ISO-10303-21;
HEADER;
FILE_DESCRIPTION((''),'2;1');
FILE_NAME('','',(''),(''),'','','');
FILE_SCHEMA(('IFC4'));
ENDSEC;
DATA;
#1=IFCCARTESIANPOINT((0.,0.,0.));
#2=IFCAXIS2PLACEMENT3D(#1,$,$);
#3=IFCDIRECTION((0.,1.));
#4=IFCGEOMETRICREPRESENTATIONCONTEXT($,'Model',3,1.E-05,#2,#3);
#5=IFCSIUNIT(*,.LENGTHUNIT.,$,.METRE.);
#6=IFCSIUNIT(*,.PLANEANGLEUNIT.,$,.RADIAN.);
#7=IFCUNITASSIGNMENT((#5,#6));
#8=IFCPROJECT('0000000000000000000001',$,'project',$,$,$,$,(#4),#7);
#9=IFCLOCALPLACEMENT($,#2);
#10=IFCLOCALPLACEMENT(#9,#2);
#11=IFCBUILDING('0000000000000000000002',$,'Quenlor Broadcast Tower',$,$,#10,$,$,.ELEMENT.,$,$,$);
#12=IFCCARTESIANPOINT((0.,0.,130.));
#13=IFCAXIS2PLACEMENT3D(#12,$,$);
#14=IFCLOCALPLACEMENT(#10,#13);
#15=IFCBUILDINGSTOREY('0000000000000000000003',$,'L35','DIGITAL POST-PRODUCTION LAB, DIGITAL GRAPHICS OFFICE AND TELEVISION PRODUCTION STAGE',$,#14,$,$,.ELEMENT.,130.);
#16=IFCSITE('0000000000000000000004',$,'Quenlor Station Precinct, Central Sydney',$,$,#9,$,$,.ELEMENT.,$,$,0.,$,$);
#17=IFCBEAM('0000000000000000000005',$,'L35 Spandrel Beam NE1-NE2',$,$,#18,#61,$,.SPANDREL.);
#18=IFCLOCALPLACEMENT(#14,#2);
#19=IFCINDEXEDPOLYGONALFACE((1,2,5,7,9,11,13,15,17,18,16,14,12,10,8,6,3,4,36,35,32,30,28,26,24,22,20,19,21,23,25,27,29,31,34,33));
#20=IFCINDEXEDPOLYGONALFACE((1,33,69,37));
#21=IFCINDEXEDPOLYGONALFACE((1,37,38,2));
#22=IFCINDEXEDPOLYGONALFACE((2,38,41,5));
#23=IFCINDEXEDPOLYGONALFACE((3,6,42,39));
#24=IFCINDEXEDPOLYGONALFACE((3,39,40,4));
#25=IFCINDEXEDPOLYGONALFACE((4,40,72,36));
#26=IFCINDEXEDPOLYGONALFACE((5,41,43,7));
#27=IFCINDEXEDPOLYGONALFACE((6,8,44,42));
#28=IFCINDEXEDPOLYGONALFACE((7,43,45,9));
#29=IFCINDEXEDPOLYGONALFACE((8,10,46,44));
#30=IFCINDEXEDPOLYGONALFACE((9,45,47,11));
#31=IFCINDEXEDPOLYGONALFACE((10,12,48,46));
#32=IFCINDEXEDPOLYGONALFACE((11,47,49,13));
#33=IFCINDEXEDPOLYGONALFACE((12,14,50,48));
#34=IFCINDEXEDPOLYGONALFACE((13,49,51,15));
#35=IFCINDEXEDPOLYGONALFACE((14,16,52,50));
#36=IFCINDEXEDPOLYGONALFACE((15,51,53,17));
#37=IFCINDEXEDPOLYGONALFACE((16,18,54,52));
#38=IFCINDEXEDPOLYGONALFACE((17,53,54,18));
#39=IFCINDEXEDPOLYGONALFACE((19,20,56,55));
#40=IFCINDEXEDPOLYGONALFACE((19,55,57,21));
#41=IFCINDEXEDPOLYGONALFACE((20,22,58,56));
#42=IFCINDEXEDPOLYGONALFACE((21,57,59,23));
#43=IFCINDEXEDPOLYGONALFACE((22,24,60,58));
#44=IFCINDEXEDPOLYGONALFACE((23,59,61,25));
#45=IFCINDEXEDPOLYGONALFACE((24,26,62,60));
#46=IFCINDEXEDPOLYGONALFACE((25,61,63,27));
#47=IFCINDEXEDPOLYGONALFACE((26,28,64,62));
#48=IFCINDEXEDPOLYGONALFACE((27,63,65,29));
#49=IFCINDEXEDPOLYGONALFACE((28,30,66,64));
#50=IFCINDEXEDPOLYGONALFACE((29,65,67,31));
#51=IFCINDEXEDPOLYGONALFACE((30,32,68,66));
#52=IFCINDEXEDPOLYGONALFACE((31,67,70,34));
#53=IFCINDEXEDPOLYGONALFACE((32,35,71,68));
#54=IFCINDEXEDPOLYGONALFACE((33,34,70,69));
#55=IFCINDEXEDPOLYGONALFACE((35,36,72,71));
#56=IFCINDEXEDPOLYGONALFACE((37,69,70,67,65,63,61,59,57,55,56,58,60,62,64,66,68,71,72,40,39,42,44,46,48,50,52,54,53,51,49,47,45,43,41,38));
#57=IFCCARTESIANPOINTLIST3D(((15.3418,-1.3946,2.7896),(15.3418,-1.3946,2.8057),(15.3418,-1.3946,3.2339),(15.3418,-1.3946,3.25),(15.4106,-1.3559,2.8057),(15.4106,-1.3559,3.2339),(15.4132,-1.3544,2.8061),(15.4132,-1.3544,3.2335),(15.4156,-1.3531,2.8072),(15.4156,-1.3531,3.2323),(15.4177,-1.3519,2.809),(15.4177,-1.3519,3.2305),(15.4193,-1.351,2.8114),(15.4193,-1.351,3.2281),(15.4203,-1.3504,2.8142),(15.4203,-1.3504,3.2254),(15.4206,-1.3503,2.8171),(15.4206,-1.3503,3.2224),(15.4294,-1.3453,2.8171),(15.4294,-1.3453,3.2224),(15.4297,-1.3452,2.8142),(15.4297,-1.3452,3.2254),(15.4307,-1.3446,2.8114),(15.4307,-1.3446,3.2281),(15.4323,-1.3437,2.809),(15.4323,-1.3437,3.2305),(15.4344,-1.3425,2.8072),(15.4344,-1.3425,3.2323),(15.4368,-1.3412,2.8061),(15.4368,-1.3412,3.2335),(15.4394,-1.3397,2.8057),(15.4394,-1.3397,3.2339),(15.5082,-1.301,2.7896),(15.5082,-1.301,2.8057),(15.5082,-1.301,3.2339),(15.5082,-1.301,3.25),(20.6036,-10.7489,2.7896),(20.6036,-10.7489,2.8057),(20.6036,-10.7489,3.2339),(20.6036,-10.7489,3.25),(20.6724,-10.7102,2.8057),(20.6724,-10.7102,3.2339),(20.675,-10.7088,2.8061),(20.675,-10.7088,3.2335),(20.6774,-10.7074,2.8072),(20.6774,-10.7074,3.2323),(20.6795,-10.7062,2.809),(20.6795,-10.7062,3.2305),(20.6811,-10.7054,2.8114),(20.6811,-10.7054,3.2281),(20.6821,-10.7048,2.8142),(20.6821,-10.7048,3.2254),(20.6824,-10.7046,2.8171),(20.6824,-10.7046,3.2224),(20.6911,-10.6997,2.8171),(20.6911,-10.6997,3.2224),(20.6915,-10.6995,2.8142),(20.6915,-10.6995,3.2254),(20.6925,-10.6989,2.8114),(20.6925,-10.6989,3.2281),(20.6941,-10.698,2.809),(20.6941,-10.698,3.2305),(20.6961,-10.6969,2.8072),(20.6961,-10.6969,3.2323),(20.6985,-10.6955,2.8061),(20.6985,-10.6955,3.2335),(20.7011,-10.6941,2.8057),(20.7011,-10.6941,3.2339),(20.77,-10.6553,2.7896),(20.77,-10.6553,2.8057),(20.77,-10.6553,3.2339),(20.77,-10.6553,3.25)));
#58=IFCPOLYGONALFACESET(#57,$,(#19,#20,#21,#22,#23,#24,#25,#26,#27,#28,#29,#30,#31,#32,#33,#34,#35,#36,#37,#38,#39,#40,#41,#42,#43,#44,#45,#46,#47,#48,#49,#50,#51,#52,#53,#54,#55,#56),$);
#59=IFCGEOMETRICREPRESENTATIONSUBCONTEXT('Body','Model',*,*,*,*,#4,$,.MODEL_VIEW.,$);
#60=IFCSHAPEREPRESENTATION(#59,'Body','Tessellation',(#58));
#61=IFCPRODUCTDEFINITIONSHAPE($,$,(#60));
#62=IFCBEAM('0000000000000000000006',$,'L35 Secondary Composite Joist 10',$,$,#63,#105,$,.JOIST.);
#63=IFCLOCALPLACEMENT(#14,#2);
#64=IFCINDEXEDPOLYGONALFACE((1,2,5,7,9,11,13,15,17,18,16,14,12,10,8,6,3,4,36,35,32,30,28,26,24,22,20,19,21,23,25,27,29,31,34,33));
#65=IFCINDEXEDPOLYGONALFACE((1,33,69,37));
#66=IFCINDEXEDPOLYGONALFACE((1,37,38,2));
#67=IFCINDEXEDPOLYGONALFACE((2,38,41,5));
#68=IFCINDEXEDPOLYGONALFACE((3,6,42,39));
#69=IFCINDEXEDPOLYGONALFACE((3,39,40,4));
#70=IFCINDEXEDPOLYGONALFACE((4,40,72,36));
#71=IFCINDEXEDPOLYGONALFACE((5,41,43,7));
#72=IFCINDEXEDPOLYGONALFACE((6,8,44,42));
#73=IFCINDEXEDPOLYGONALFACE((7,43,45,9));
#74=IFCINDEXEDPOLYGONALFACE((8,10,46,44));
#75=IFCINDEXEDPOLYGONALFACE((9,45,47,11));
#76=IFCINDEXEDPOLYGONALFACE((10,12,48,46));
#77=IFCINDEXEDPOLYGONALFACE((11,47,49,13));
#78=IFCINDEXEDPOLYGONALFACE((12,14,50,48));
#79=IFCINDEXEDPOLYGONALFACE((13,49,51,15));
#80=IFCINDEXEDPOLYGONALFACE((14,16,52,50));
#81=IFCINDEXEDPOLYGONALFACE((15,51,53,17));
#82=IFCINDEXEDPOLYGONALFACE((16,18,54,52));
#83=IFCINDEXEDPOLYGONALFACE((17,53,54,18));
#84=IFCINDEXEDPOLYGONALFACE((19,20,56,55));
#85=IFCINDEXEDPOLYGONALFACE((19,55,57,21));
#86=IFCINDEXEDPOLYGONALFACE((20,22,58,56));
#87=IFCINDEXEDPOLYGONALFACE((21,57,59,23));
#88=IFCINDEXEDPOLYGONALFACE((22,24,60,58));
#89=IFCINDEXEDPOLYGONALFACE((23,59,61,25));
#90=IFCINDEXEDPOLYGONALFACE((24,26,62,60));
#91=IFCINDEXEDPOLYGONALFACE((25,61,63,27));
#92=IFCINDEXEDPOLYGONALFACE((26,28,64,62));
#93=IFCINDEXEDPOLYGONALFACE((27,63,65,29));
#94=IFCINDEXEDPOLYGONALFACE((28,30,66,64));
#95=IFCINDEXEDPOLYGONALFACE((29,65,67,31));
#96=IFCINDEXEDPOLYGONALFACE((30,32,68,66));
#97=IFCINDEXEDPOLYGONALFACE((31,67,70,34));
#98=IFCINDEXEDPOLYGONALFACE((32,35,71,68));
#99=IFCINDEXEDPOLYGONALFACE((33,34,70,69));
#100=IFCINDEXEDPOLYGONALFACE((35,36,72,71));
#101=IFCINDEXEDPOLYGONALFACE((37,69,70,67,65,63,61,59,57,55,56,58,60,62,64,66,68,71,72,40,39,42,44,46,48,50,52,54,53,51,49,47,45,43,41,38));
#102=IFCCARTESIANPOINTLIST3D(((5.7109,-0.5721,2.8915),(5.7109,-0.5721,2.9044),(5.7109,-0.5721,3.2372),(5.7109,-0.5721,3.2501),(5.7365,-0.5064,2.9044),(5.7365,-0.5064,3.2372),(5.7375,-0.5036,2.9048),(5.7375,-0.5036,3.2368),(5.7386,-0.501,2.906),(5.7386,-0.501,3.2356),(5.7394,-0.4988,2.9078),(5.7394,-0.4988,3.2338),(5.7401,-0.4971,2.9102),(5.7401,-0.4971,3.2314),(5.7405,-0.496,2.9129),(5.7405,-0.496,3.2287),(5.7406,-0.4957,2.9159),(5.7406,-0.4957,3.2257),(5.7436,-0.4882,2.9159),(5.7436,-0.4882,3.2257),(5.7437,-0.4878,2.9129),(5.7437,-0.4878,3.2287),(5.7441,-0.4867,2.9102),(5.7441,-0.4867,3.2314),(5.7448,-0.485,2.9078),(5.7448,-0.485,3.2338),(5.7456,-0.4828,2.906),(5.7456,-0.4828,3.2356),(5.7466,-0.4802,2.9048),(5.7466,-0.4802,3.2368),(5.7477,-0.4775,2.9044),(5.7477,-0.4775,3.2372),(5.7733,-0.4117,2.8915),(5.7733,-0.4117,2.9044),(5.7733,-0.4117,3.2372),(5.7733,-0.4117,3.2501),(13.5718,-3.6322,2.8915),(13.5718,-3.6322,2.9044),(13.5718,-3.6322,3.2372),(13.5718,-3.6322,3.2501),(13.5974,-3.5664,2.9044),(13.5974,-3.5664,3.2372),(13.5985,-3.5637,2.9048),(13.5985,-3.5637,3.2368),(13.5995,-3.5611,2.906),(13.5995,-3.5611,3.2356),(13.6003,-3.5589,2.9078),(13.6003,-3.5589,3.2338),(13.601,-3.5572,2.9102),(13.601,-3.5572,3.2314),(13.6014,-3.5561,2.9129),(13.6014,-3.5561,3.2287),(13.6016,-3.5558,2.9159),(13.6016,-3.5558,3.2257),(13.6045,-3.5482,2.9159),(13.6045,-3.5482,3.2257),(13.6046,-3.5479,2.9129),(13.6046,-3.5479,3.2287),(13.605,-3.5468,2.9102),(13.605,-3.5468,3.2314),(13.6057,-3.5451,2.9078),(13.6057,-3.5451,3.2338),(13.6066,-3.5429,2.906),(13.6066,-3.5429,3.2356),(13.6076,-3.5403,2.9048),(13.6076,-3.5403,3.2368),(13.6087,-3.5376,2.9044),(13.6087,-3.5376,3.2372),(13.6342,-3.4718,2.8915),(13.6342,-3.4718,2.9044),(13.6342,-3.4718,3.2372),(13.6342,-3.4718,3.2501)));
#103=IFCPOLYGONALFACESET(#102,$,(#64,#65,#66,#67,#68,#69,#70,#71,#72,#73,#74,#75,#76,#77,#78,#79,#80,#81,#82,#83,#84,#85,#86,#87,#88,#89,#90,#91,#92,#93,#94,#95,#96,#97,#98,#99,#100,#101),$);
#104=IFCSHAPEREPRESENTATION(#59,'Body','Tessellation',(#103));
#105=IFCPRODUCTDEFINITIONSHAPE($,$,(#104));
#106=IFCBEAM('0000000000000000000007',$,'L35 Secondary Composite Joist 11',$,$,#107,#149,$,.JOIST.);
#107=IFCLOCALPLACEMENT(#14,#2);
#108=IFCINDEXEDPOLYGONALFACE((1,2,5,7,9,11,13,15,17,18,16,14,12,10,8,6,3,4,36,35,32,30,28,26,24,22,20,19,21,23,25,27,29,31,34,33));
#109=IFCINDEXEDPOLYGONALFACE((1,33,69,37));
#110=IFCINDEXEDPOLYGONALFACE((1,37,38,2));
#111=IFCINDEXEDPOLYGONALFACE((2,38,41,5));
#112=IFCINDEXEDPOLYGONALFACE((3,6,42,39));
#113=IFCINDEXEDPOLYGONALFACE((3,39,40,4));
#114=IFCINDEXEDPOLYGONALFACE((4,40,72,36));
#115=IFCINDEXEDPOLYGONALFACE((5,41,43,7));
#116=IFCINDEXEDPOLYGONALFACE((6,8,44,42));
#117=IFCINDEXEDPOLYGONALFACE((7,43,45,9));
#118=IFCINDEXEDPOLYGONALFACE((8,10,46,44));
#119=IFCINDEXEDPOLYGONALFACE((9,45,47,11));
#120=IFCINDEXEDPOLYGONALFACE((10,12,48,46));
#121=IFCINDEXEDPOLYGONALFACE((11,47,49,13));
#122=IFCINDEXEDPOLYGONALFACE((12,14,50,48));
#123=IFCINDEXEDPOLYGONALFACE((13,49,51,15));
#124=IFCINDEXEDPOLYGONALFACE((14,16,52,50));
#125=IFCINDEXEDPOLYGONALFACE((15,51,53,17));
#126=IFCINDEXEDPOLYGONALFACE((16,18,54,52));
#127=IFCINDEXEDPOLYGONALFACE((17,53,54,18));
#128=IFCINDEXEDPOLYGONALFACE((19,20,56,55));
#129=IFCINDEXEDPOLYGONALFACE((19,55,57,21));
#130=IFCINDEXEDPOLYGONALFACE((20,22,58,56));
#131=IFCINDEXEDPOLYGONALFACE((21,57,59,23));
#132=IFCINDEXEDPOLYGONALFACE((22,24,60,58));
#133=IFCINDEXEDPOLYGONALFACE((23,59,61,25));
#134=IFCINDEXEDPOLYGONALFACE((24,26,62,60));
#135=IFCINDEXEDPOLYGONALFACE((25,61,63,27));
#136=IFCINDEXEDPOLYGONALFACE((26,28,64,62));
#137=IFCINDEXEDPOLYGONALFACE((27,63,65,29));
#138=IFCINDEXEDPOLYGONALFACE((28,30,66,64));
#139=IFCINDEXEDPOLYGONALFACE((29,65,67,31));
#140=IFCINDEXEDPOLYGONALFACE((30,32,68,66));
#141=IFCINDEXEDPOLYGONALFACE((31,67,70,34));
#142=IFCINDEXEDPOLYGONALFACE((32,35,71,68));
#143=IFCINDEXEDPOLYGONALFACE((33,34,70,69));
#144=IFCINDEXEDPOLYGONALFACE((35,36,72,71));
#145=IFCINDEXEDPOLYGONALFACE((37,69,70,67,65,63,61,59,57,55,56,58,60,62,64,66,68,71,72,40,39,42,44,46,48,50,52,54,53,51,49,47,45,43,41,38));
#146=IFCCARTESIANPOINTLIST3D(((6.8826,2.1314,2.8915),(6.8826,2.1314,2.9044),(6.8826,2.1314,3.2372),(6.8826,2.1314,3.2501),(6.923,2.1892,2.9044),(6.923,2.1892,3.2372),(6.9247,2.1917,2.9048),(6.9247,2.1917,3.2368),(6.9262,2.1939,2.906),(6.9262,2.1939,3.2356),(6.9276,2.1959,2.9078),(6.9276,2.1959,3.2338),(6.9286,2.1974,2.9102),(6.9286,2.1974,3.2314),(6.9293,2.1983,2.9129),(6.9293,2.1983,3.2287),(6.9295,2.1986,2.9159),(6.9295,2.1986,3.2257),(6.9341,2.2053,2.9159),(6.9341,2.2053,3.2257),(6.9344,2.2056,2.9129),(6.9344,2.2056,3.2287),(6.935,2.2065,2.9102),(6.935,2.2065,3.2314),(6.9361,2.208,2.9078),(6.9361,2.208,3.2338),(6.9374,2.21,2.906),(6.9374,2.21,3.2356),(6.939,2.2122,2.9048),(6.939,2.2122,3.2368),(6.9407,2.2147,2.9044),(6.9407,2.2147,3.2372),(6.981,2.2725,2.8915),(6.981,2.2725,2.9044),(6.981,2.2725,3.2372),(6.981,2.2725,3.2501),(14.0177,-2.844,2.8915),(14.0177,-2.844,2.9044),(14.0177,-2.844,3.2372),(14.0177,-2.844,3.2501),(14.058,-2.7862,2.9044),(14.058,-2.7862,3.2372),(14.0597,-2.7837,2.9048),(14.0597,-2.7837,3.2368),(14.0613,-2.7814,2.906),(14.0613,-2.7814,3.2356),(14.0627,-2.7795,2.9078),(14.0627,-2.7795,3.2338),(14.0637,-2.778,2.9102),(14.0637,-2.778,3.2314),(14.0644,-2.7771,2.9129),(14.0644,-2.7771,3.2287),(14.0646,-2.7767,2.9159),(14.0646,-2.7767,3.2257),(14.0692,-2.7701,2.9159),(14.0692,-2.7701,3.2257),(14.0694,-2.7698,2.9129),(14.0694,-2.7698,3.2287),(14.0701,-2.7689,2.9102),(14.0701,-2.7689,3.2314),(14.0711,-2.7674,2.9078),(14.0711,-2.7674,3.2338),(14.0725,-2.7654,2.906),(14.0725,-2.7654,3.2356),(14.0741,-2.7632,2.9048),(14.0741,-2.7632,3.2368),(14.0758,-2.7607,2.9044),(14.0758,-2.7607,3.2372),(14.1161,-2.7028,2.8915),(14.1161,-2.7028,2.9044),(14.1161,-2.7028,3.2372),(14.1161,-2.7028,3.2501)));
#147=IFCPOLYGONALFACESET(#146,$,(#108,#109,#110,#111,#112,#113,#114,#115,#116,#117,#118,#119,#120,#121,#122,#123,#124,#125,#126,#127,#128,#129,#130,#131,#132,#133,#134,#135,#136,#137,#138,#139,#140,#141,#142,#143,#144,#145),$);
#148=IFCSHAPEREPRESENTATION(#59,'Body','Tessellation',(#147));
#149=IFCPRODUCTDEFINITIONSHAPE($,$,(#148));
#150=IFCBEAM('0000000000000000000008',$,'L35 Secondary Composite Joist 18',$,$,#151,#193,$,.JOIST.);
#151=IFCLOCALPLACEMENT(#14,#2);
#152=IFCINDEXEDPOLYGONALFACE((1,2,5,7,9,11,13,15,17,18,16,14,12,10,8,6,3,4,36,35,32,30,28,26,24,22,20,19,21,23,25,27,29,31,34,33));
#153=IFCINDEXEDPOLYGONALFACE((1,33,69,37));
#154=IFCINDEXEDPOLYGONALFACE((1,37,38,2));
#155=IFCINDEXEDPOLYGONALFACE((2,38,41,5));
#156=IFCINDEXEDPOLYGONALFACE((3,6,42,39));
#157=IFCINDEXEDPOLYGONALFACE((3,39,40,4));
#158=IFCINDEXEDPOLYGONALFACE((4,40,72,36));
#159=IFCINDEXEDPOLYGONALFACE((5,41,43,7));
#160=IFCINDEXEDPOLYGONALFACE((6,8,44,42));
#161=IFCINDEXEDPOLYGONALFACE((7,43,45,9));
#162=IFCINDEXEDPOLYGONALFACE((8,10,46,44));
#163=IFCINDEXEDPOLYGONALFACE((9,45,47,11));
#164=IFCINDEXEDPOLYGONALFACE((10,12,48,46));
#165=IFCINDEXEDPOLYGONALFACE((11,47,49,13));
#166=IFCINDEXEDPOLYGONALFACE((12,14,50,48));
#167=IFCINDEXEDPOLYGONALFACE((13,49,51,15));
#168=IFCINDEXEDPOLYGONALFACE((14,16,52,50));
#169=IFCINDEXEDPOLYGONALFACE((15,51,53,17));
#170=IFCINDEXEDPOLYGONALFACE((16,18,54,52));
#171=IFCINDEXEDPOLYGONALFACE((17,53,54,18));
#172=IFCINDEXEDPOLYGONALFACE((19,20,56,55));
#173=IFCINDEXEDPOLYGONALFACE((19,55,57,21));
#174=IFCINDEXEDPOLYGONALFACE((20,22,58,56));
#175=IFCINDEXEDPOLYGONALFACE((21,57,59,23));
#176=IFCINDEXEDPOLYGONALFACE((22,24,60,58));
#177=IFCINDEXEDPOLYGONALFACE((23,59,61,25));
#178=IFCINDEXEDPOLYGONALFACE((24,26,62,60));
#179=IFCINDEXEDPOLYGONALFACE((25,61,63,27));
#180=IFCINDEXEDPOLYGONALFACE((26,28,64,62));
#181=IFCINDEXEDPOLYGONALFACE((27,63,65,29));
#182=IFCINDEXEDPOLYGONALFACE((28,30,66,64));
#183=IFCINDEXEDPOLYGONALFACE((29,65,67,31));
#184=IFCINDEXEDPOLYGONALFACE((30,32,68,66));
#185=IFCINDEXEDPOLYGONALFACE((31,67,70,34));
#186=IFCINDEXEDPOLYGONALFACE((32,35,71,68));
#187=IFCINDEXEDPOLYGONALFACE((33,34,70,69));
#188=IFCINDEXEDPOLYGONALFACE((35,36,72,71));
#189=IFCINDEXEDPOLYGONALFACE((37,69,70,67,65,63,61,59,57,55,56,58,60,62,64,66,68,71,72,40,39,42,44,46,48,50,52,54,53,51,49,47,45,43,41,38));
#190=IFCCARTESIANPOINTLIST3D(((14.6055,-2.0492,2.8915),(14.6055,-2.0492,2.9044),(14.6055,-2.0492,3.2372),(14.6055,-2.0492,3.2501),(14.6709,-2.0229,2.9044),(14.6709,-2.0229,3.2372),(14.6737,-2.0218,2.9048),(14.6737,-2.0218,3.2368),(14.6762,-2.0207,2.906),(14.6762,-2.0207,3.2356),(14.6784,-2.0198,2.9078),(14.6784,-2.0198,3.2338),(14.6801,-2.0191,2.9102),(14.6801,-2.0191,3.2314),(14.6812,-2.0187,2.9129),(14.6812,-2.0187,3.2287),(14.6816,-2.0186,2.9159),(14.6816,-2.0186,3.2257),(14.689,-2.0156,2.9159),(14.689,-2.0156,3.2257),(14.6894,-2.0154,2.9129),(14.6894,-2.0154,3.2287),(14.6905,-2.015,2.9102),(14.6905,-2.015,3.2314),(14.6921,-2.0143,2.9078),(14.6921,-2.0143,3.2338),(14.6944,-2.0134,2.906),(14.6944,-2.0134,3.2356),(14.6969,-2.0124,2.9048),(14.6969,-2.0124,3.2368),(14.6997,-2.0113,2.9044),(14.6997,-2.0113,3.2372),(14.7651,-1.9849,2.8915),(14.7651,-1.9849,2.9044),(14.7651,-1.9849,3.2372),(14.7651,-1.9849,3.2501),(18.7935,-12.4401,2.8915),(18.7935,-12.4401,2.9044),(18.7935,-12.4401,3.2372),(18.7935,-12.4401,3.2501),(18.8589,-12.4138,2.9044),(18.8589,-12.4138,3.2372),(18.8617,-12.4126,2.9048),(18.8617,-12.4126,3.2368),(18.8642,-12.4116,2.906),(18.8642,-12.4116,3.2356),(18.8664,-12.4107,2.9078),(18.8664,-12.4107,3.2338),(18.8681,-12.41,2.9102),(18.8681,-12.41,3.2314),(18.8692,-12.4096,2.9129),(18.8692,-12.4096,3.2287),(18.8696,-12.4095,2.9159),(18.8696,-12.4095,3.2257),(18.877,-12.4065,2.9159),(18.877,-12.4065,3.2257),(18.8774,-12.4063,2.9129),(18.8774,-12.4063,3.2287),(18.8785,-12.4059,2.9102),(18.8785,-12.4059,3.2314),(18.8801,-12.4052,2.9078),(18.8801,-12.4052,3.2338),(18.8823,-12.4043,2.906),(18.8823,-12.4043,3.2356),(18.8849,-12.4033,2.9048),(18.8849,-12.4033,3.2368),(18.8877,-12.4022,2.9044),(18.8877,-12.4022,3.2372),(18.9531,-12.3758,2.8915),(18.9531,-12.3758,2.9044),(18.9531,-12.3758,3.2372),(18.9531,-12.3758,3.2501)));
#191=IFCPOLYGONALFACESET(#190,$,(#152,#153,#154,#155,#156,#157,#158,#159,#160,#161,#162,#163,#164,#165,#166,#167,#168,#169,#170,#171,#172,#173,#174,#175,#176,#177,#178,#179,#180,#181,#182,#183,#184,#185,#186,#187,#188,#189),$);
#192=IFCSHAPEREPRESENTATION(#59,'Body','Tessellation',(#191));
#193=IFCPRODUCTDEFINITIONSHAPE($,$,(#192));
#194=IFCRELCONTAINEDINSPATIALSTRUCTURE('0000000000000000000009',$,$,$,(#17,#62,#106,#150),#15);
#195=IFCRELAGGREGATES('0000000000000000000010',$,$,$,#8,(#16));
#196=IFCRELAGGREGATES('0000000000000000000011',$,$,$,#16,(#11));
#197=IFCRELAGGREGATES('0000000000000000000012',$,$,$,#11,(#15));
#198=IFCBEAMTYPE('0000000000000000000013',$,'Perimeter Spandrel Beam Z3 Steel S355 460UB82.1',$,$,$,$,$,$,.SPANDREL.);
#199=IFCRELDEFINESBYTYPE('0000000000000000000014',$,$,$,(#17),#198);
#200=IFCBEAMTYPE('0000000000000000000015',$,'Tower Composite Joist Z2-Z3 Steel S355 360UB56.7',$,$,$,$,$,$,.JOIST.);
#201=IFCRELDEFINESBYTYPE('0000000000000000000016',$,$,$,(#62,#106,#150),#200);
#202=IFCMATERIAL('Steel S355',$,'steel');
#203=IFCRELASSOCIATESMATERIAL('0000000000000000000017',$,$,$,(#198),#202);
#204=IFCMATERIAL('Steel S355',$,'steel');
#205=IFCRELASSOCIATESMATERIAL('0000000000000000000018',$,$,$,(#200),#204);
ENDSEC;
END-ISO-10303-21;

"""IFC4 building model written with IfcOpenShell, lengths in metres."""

from ifc_helpers import new_model, si_unit, direction, frame, origin, origin_2d, place, context, subcontext, project, spatial, i_section, extrude, material, material_profile, profile_set, type_object, element, save


model = new_model("IFC4")

# Units and contexts
model_context = context("Model", 3, precision=1e-05, world=origin(), true_north=direction((0.0, 1.0)))
body_context = subcontext(model_context, "Body", "Model", "MODEL_VIEW")
ifc_project = project(units=[si_unit("LENGTHUNIT", "METRE"), si_unit("PLANEANGLEUNIT", "RADIAN")], contexts=[model_context])

# Site, building, storey
site_placement = place(None, origin())
site = spatial("IfcSite", under=ifc_project, at=site_placement, Name="Quenlor Station Precinct, Central Sydney", CompositionType="ELEMENT", RefElevation=0.0)
building_placement = place(site_placement, origin())
building = spatial("IfcBuilding", under=site, at=building_placement, Name="Quenlor Broadcast Tower", CompositionType="ELEMENT")
storey_placement = place(building_placement, frame((0.0, 0.0, 130.0)))
storey = spatial("IfcBuildingStorey", under=building, at=storey_placement, Name="L35", Description="DIGITAL POST-PRODUCTION LAB, DIGITAL GRAPHICS OFFICE AND TELEVISION PRODUCTION STAGE", CompositionType="ELEMENT", Elevation=130.0)

# Beams
ifc_material_1 = material(Name="Steel S355", Category="steel")
ifc_material_profile_1 = material_profile(ifc_material_1, i_section(OverallWidth=0.1909, OverallDepth=0.4604, WebThickness=0.01, FlangeThickness=0.0161, FilletRadius=0.0115, at=origin_2d()))
ifc_profile_set_1 = profile_set([ifc_material_profile_1], Name="Steel S355 460UB82.1")
beam_type_1 = type_object("IfcBeamType", Name="Perimeter Spandrel Beam Z3 Steel S355 460UB82.1", PredefinedType="SPANDREL", material=ifc_profile_set_1)
beam_1_placement = place(storey_placement, frame((20.6868, -10.7021, 3.0198), z_axis=(-0.490258, 0.871577, 0.0), x_axis=(-0.871577, -0.490258, 0.0)))
element("IfcBeam", 1, at=beam_1_placement, inside=storey, type_object=beam_type_1, Name="L35 Spandrel Beam NE1-NE2", PredefinedType="SPANDREL", context=body_context, shape_type="SweptSolid", body=[
    extrude(i_section(OverallWidth=0.1909, OverallDepth=0.4604, WebThickness=0.01, FlangeThickness=0.0161, FilletRadius=0.0115, at=origin_2d()), origin(), (0.0, 0.0, 1.0), 10.7327),
])
ifc_material_2 = material(Name="Steel S355", Category="steel")
ifc_material_profile_2 = material_profile(ifc_material_2, i_section(OverallWidth=0.1721, OverallDepth=0.3586, WebThickness=0.0081, FlangeThickness=0.0129, FilletRadius=0.0115, at=origin_2d()))
ifc_profile_set_2 = profile_set([ifc_material_profile_2], Name="Steel S355 360UB56.7")
beam_type_2 = type_object("IfcBeamType", Name="Tower Composite Joist Z2-Z3 Steel S355 360UB56.7", PredefinedType="JOIST", material=ifc_profile_set_2)
beam_2_placement = place(storey_placement, frame((13.603, -3.552, 3.0708), z_axis=(-0.931882, 0.362762, 0.0), x_axis=(-0.362762, -0.931882, 0.0)))
element("IfcBeam", 2, at=beam_2_placement, inside=storey, type_object=beam_type_2, Name="L35 Secondary Composite Joist 10", PredefinedType="JOIST", context=body_context, shape_type="SweptSolid", body=[
    extrude(i_section(OverallWidth=0.1721, OverallDepth=0.3586, WebThickness=0.0081, FlangeThickness=0.0129, FilletRadius=0.0115, at=origin_2d()), origin(), (0.0, 0.0, 1.0), 8.4355),
])
beam_3_placement = place(storey_placement, frame((14.0669, -2.7734, 3.0708), z_axis=(-0.820266, 0.571983, 0.0), x_axis=(-0.571983, -0.820266, 0.0)))
element("IfcBeam", 3, at=beam_3_placement, inside=storey, type_object=beam_type_2, Name="L35 Secondary Composite Joist 11", PredefinedType="JOIST", context=body_context, shape_type="SweptSolid", body=[
    extrude(i_section(OverallWidth=0.1721, OverallDepth=0.3586, WebThickness=0.0081, FlangeThickness=0.0129, FilletRadius=0.0115, at=origin_2d()), origin(), (0.0, 0.0, 1.0), 8.6985),
])
beam_4_placement = place(storey_placement, frame((18.8733, -12.408, 3.0708), z_axis=(-0.373824, 0.9275, 0.0), x_axis=(-0.9275, -0.373824, 0.0)))
element("IfcBeam", 4, at=beam_4_placement, inside=storey, type_object=beam_type_2, Name="L35 Secondary Composite Joist 18", PredefinedType="JOIST", context=body_context, shape_type="SweptSolid", body=[
    extrude(i_section(OverallWidth=0.1721, OverallDepth=0.3586, WebThickness=0.0081, FlangeThickness=0.0129, FilletRadius=0.0115, at=origin_2d()), origin(), (0.0, 0.0, 1.0), 11.2031),
])

save(model, "model.ifc")
